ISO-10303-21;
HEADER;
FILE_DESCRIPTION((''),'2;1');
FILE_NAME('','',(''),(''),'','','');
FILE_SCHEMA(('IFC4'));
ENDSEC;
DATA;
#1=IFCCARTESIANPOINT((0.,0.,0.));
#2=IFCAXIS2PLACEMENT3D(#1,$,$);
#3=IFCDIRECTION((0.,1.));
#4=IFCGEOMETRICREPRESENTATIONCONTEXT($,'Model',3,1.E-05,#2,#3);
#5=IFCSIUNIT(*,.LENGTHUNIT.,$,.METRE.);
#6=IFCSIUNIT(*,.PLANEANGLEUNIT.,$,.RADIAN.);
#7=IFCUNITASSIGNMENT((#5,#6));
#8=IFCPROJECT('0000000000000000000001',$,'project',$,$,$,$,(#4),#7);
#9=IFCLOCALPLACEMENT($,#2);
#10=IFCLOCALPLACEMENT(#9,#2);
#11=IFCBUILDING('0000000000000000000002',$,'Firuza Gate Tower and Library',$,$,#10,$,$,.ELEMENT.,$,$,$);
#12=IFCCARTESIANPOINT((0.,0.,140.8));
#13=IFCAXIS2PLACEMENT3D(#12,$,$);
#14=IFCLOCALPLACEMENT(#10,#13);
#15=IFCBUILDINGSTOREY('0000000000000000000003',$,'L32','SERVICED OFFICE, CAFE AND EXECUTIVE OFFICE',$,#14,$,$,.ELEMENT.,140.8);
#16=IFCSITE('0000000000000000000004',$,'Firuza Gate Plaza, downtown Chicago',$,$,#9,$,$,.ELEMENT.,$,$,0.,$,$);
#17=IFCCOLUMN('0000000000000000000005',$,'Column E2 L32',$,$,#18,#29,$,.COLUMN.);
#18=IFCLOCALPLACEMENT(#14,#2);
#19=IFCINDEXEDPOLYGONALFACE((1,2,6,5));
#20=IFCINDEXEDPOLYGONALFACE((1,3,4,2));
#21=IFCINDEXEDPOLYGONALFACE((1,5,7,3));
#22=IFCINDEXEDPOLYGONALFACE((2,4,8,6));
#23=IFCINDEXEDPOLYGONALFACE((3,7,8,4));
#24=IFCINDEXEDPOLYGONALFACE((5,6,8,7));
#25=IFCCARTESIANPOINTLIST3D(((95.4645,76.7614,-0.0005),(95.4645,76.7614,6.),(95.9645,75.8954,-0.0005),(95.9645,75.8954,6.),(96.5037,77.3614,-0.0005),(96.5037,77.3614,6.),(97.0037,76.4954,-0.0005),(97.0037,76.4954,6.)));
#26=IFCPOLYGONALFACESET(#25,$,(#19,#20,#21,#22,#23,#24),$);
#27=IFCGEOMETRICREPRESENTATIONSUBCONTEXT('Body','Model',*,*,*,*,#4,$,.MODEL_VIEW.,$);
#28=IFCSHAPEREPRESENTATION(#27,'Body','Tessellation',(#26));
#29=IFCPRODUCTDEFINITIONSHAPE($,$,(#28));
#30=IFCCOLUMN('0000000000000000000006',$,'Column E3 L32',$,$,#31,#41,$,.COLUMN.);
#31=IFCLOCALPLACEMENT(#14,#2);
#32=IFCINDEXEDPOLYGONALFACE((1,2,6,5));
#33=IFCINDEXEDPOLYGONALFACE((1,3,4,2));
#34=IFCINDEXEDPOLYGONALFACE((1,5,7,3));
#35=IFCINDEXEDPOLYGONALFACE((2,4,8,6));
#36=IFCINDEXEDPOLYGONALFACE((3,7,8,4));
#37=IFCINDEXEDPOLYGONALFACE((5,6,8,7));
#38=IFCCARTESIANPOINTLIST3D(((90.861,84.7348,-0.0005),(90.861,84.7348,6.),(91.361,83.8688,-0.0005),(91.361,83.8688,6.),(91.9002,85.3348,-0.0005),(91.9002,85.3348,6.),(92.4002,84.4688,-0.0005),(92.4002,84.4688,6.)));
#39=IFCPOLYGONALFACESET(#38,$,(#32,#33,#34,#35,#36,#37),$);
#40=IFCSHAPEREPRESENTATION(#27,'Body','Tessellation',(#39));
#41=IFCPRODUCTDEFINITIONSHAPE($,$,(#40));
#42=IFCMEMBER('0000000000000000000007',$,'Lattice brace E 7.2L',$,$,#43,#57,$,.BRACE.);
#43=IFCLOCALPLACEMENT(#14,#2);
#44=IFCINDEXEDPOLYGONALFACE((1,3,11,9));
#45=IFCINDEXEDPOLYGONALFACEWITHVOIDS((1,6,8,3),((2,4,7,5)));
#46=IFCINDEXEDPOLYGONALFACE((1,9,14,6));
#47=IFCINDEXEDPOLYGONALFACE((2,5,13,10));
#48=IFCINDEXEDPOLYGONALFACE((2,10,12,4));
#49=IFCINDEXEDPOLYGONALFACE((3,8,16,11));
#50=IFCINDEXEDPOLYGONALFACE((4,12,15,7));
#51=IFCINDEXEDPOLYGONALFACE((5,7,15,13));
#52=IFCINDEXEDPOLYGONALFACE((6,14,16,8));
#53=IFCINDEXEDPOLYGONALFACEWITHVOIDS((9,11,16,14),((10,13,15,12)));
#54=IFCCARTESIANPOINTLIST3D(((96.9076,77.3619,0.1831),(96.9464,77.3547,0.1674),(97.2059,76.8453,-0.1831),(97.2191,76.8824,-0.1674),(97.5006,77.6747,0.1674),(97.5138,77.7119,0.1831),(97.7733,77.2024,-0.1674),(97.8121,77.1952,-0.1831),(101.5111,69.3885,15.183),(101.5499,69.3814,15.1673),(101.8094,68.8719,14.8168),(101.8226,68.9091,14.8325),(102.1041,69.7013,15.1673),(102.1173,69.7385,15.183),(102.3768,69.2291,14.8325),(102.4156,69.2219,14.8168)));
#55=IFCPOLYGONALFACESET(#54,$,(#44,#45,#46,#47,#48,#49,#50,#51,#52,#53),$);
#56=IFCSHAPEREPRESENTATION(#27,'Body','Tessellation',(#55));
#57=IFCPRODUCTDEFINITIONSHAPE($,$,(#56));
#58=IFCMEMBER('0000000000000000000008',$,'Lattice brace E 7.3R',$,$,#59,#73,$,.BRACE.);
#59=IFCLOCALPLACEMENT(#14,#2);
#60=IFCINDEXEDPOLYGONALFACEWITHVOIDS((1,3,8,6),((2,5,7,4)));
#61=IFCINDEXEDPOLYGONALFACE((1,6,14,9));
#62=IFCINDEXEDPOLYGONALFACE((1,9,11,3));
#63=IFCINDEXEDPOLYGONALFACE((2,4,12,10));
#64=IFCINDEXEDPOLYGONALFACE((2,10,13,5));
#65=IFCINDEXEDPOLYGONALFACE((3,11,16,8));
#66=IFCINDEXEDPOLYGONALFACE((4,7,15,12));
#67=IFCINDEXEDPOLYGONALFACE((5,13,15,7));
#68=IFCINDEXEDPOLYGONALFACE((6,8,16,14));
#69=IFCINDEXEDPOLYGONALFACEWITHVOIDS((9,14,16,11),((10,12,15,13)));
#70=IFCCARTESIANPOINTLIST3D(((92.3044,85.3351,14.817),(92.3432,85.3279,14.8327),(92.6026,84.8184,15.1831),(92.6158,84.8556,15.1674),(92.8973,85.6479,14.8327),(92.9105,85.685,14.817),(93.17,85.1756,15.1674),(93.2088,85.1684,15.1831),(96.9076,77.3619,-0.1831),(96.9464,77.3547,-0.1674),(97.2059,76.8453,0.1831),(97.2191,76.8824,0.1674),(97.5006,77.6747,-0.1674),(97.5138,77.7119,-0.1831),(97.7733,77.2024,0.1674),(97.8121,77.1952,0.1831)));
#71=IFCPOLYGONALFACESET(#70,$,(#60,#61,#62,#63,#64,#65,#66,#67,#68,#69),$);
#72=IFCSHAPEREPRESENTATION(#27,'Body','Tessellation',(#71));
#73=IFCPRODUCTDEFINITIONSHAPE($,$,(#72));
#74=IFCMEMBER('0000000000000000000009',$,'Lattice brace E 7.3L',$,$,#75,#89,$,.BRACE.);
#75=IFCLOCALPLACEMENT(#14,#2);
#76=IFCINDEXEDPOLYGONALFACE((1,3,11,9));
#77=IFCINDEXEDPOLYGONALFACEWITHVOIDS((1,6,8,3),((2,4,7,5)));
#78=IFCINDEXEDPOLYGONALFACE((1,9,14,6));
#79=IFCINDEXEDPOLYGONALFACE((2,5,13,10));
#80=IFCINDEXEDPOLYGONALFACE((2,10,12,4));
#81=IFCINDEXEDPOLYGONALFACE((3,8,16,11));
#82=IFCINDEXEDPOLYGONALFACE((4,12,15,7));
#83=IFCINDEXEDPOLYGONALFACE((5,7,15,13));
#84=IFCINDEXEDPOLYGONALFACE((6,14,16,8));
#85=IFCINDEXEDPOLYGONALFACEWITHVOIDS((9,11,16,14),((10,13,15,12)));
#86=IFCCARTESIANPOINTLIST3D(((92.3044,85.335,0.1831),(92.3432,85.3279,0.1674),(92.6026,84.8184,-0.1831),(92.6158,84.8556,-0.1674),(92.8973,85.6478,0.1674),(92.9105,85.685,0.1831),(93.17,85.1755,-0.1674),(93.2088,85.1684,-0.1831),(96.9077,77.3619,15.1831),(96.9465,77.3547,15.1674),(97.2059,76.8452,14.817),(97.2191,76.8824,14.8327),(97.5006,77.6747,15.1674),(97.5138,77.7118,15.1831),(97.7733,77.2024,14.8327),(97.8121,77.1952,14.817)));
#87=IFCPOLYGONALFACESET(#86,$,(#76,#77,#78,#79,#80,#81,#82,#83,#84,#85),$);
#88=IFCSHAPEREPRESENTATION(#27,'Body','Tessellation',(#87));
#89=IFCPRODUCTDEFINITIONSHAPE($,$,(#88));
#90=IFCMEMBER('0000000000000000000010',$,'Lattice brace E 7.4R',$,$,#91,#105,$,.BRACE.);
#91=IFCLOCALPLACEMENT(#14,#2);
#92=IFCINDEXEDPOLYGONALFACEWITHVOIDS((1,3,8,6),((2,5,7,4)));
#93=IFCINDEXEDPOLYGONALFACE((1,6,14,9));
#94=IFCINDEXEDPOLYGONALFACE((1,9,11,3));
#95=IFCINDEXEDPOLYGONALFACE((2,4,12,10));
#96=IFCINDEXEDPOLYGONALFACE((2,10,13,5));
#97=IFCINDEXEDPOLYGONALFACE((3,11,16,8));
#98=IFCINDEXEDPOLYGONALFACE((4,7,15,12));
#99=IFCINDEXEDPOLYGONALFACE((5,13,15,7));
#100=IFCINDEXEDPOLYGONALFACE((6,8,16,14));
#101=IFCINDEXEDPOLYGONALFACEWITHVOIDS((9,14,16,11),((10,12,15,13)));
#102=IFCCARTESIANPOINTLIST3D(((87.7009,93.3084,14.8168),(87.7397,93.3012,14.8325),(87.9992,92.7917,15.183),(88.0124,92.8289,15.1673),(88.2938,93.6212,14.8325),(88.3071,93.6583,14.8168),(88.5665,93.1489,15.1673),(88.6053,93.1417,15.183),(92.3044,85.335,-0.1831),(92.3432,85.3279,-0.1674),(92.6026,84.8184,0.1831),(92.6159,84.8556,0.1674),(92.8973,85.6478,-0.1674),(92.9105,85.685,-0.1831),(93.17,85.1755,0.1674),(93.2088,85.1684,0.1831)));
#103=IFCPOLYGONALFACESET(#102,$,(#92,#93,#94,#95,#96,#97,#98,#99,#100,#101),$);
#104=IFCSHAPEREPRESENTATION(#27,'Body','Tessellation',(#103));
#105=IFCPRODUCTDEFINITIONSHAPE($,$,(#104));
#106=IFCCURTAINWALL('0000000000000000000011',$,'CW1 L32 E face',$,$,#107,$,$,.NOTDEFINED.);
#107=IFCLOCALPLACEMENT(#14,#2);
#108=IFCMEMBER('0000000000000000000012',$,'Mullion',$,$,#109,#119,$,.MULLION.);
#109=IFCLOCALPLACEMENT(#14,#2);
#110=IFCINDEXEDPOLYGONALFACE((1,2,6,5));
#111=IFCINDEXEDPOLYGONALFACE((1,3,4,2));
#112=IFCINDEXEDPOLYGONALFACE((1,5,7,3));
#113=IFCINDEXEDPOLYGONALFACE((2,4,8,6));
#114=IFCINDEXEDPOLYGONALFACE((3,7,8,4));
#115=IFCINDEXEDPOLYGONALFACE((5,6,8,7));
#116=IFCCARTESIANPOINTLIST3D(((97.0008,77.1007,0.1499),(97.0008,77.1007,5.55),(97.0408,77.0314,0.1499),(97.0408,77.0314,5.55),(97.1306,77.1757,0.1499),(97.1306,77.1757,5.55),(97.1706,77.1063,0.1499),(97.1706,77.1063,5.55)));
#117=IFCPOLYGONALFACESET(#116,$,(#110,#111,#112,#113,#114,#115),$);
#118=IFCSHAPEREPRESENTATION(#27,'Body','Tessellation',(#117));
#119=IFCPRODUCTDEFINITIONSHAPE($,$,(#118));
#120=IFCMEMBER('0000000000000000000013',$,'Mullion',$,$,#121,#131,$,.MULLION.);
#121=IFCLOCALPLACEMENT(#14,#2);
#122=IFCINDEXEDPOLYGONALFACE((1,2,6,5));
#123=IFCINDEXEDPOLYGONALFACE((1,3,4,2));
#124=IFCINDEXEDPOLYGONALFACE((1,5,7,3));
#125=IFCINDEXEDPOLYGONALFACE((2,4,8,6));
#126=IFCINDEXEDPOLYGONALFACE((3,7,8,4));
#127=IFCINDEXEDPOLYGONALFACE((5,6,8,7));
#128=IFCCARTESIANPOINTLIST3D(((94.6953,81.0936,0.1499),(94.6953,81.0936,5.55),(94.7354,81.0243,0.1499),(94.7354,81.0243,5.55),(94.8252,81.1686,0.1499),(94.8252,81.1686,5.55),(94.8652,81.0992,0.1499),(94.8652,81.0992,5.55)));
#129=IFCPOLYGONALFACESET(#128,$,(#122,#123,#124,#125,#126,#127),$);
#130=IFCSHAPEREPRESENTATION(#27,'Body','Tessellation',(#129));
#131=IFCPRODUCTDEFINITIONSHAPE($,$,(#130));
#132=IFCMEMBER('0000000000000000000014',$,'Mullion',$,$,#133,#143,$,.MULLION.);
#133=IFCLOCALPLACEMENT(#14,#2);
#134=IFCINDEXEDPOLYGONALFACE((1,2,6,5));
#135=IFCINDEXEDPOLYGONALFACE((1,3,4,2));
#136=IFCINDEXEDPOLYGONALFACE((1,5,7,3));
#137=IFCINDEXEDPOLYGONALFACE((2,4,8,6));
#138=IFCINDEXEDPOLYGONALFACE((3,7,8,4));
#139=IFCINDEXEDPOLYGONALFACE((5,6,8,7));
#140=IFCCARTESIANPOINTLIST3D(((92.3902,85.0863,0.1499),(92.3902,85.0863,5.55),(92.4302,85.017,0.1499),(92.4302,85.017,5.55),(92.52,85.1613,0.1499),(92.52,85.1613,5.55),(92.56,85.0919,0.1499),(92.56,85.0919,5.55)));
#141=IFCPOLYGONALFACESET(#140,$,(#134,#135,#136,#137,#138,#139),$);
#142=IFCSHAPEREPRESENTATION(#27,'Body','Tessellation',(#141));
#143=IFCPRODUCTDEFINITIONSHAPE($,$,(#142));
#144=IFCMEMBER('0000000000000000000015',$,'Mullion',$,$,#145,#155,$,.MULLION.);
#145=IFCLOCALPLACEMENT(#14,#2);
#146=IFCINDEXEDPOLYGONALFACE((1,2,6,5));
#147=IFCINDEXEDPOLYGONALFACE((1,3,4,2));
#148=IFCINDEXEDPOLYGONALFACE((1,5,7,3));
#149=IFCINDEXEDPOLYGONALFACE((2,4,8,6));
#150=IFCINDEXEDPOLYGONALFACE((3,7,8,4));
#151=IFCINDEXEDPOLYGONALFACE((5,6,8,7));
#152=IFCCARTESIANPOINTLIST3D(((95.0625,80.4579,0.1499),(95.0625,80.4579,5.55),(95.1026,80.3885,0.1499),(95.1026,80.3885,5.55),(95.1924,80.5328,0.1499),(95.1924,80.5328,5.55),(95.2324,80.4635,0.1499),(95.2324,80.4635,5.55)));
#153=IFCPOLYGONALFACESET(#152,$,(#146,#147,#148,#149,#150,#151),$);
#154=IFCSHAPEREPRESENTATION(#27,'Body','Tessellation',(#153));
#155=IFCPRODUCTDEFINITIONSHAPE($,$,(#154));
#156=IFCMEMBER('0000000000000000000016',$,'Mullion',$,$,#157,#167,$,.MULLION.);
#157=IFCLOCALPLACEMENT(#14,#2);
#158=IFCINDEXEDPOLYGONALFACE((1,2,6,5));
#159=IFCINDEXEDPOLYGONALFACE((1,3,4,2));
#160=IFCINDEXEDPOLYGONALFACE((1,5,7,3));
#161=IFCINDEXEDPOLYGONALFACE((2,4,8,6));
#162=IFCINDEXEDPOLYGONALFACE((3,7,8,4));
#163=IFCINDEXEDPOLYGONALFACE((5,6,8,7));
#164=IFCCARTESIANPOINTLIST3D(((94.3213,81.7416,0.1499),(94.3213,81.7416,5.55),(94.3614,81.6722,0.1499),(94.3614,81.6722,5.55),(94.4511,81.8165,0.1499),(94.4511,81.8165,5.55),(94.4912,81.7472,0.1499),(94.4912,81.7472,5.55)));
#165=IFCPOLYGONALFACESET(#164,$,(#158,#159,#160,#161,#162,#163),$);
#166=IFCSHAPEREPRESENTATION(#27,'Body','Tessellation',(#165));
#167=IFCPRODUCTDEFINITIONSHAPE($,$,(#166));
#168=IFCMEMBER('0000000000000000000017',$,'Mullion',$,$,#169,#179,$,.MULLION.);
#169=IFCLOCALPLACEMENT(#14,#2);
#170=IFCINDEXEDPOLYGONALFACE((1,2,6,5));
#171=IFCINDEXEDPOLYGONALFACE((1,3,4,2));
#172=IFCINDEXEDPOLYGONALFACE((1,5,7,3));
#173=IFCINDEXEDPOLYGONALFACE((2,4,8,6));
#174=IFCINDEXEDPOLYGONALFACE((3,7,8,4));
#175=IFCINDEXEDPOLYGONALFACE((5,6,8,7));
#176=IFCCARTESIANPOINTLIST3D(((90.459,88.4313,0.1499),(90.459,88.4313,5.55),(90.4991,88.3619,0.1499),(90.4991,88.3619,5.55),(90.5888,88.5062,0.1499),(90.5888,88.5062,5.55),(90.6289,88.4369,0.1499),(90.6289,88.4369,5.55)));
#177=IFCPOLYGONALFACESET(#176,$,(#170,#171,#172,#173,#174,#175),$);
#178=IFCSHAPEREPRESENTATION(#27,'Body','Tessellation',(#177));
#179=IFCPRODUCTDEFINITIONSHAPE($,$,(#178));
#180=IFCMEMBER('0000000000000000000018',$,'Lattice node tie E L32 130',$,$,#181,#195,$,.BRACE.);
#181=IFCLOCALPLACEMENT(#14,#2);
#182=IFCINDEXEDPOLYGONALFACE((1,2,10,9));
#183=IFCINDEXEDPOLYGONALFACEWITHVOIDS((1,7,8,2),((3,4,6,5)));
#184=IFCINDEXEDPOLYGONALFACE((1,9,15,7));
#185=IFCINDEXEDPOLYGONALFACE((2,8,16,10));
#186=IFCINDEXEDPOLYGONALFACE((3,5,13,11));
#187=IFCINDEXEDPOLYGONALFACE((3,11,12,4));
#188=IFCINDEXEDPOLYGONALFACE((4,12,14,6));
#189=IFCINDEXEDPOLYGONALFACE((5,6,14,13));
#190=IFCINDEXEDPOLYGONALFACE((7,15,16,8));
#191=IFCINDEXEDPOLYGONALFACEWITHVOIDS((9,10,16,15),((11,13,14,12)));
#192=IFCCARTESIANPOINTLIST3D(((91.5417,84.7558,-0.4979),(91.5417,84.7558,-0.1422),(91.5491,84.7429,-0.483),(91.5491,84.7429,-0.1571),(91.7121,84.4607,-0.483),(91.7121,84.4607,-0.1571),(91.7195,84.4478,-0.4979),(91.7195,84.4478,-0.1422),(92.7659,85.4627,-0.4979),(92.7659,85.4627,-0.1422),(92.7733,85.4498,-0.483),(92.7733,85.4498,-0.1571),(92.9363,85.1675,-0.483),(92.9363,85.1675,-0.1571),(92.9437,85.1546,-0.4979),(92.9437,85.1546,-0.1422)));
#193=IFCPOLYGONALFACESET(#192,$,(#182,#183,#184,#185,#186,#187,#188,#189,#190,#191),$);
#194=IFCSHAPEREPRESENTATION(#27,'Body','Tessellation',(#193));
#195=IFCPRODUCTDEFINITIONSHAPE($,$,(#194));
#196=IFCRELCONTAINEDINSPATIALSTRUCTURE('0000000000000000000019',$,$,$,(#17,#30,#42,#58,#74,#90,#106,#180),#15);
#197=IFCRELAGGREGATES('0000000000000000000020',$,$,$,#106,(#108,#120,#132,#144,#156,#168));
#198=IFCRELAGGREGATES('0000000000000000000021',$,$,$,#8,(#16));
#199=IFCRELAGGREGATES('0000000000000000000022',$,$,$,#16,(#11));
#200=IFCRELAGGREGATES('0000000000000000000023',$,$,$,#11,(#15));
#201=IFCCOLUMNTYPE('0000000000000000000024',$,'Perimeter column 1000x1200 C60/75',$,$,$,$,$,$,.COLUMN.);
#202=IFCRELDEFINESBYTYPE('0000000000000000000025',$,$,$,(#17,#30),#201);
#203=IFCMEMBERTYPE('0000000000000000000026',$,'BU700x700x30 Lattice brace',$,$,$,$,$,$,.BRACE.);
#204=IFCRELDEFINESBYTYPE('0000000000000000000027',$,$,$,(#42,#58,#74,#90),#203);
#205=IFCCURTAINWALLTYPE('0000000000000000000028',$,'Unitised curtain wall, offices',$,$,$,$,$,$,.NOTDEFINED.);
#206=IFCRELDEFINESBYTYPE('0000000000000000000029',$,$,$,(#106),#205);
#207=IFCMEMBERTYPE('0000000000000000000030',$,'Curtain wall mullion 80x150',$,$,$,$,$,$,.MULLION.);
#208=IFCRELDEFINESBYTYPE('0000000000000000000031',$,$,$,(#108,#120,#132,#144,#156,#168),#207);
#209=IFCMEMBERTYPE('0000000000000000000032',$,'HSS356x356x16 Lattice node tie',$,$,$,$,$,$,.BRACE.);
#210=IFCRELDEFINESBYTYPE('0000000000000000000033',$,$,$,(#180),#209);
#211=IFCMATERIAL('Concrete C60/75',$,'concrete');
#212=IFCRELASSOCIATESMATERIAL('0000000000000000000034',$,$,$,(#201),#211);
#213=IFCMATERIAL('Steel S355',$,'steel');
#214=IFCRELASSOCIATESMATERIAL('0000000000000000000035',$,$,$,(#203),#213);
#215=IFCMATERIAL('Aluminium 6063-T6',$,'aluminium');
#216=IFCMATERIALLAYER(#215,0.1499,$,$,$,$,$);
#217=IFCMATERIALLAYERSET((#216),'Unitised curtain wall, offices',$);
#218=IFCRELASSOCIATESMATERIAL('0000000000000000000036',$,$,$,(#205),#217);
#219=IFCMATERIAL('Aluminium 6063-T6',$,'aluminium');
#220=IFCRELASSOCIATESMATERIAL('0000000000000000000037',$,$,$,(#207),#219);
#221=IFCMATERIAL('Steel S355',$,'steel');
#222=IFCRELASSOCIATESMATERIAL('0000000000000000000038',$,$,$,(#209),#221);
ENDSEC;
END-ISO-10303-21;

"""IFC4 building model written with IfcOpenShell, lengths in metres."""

from ifc_helpers import new_model, si_unit, direction, frame, origin, origin_2d, place, context, subcontext, project, spatial, rectangle, hollow_rectangle, extrude, material, layer, layer_set, material_profile, profile_set, type_object, element, aggregate, save


model = new_model("IFC4")

# Units and contexts
model_context = context("Model", 3, precision=1e-05, world=origin(), true_north=direction((0.0, 1.0)))
body_context = subcontext(model_context, "Body", "Model", "MODEL_VIEW")
ifc_project = project(units=[si_unit("LENGTHUNIT", "METRE"), si_unit("PLANEANGLEUNIT", "RADIAN")], contexts=[model_context])

# Site, building, storey
site_placement = place(None, origin())
site = spatial("IfcSite", under=ifc_project, at=site_placement, Name="Firuza Gate Plaza, downtown Chicago", CompositionType="ELEMENT", RefElevation=0.0)
building_placement = place(site_placement, origin())
building = spatial("IfcBuilding", under=site, at=building_placement, Name="Firuza Gate Tower and Library", CompositionType="ELEMENT")
storey_placement = place(building_placement, frame((0.0, 0.0, 140.8)))
storey = spatial("IfcBuildingStorey", under=building, at=storey_placement, Name="L32", Description="SERVICED OFFICE, CAFE AND EXECUTIVE OFFICE", CompositionType="ELEMENT", Elevation=140.8)

# Columns
ifc_material_1 = material(Name="Concrete C60/75", Category="concrete")
ifc_material_profile_1 = material_profile(ifc_material_1, rectangle(XDim=1.0, YDim=1.2, at=origin_2d()))
ifc_profile_set_1 = profile_set([ifc_material_profile_1], Name="Concrete C60/75")
column_type = type_object("IfcColumnType", Name="Perimeter column 1000x1200 C60/75", PredefinedType="COLUMN", material=ifc_profile_set_1)
for number, where, z_axis, x_axis, name in (
    (1, (96.2341, 76.6284, -0.0005), (0.0, 0.0, 1.0), (-0.5, 0.866025, 0.0), "Column E2 L32"),
    (2, (91.6306, 84.6018, -0.0005), (0.0, 0.0, 1.0), (-0.5, 0.866025, 0.0), "Column E3 L32"),
):
    element("IfcColumn", number, at=place(storey_placement, frame(where, z_axis=z_axis, x_axis=x_axis)), inside=storey, type_object=column_type, Name=name, PredefinedType="COLUMN", context=body_context, shape_type="SweptSolid", body=[
        extrude(rectangle(XDim=1.0, YDim=1.2, at=origin_2d()), origin(), (0.0, 0.0, 1.0), 6.0005),
    ])

# Members
ifc_material_2 = material(Name="Steel S355", Category="steel")
ifc_material_profile_2 = material_profile(ifc_material_2, hollow_rectangle(XDim=0.7, YDim=0.7, WallThickness=0.03, at=origin_2d()))
ifc_profile_set_2 = profile_set([ifc_material_profile_2], Name="Steel S355")
member_type_1 = type_object("IfcMemberType", Name="BU700x700x30 Lattice brace", PredefinedType="BRACE", material=ifc_profile_set_2)
for number, where, z_axis, x_axis, name in (
    (3, (97.3599, 77.2786, 0.0), (0.26156, -0.453028, 0.852263), (0.866022, 0.500006, 0.0), "Lattice brace E 7.2L"),
    (4, (97.3599, 77.2786, 0.0), (-0.261549, 0.453019, 0.852271), (-0.866027, -0.499998, 0.0), "Lattice brace E 7.3R"),
    (5, (92.7566, 85.2517, 0.0), (0.261549, -0.453019, 0.852271), (0.866027, 0.499998, 0.0), "Lattice brace E 7.3L"),
    (6, (92.7566, 85.2517, 0.0), (-0.26156, 0.453028, 0.852263), (-0.866022, -0.500006, 0.0), "Lattice brace E 7.4R"),
):
    element("IfcMember", number, at=place(storey_placement, frame(where, z_axis=z_axis, x_axis=x_axis)), inside=storey, type_object=member_type_1, Name=name, PredefinedType="BRACE", context=body_context, shape_type="SweptSolid", body=[
        extrude(hollow_rectangle(XDim=0.7, YDim=0.7, WallThickness=0.03, at=origin_2d()), origin(), (0.0, 0.0, 1.0), 17.6001),
    ])

# Curtain wall, members
ifc_material_3 = material(Name="Aluminium 6063-T6", Category="aluminium")
ifc_layer_1 = layer(ifc_material_3, 0.1499)
ifc_layer_set_1 = layer_set([ifc_layer_1], Name="Unitised curtain wall, offices")
curtain_wall_type = type_object("IfcCurtainWallType", Name="Unitised curtain wall, offices", PredefinedType="NOTDEFINED", material=ifc_layer_set_1)
curtain_wall_placement = place(storey_placement, origin())
curtain_wall = element("IfcCurtainWall", 7, at=curtain_wall_placement, inside=storey, type_object=curtain_wall_type, Name="CW1 L32 E face", PredefinedType="NOTDEFINED")
ifc_material_4 = material(Name="Aluminium 6063-T6", Category="aluminium")
ifc_material_profile_3 = material_profile(ifc_material_4, rectangle(XDim=0.1499, YDim=0.0801, at=origin_2d()))
ifc_profile_set_3 = profile_set([ifc_material_profile_3], Name="Aluminium 6063-T6")
member_type_2 = type_object("IfcMemberType", Name="Curtain wall mullion 80x150", PredefinedType="MULLION", material=ifc_profile_set_3)
member_1_placement = place(storey_placement, frame((97.0857, 77.1035, 0.1499), z_axis=(0.0, 0.0, 1.0), x_axis=(-0.866025, -0.5, 0.0)))
member_1 = element("IfcMember", 8, at=member_1_placement, type_object=member_type_2, Name="Mullion", PredefinedType="MULLION", context=body_context, shape_type="SweptSolid", body=[
    extrude(rectangle(XDim=0.1499, YDim=0.0801, at=origin_2d()), origin(), (0.0, 0.0, 1.0), 5.4001),
])
member_2_placement = place(storey_placement, frame((94.7803, 81.0964, 0.1499), z_axis=(0.0, 0.0, 1.0), x_axis=(-0.866025, -0.5, 0.0)))
member_2 = element("IfcMember", 9, at=member_2_placement, type_object=member_type_2, Name="Mullion", PredefinedType="MULLION", context=body_context, shape_type="SweptSolid", body=[
    extrude(rectangle(XDim=0.1499, YDim=0.0801, at=origin_2d()), origin(), (0.0, 0.0, 1.0), 5.4001),
])
member_3_placement = place(storey_placement, frame((92.4751, 85.0891, 0.1499), z_axis=(0.0, 0.0, 1.0), x_axis=(-0.866025, -0.5, 0.0)))
member_3 = element("IfcMember", 10, at=member_3_placement, type_object=member_type_2, Name="Mullion", PredefinedType="MULLION", context=body_context, shape_type="SweptSolid", body=[
    extrude(rectangle(XDim=0.1499, YDim=0.0801, at=origin_2d()), origin(), (0.0, 0.0, 1.0), 5.4001),
])
member_4_placement = place(storey_placement, frame((95.1475, 80.4607, 0.1499), z_axis=(0.0, 0.0, 1.0), x_axis=(-0.866025, -0.5, 0.0)))
member_4 = element("IfcMember", 11, at=member_4_placement, type_object=member_type_2, Name="Mullion", PredefinedType="MULLION", context=body_context, shape_type="SweptSolid", body=[
    extrude(rectangle(XDim=0.1499, YDim=0.0801, at=origin_2d()), origin(), (0.0, 0.0, 1.0), 5.4001),
])
member_5_placement = place(storey_placement, frame((94.4062, 81.7444, 0.1499), z_axis=(0.0, 0.0, 1.0), x_axis=(-0.866025, -0.5, 0.0)))
member_5 = element("IfcMember", 12, at=member_5_placement, type_object=member_type_2, Name="Mullion", PredefinedType="MULLION", context=body_context, shape_type="SweptSolid", body=[
    extrude(rectangle(XDim=0.1499, YDim=0.0801, at=origin_2d()), origin(), (0.0, 0.0, 1.0), 5.4001),
])
member_6_placement = place(storey_placement, frame((90.5439, 88.4341, 0.1499), z_axis=(0.0, 0.0, 1.0), x_axis=(-0.866025, -0.5, 0.0)))
member_6 = element("IfcMember", 13, at=member_6_placement, type_object=member_type_2, Name="Mullion", PredefinedType="MULLION", context=body_context, shape_type="SweptSolid", body=[
    extrude(rectangle(XDim=0.1499, YDim=0.0801, at=origin_2d()), origin(), (0.0, 0.0, 1.0), 5.4001),
])

# Member
ifc_material_5 = material(Name="Steel S355", Category="steel")
ifc_material_profile_4 = material_profile(ifc_material_5, hollow_rectangle(XDim=0.3557, YDim=0.3557, WallThickness=0.0149, at=origin_2d()))
ifc_profile_set_4 = profile_set([ifc_material_profile_4], Name="Steel S355")
member_type_3 = type_object("IfcMemberType", Name="HSS356x356x16 Lattice node tie", PredefinedType="BRACE", material=ifc_profile_set_4)
member_7_placement = place(storey_placement, frame((91.6306, 84.6018, -0.3201), z_axis=(0.866013, 0.500021, 0.0), x_axis=(-0.500021, 0.866013, 0.0)))
element("IfcMember", 14, at=member_7_placement, inside=storey, type_object=member_type_3, Name="Lattice node tie E L32 130", PredefinedType="BRACE", context=body_context, shape_type="SweptSolid", body=[
    extrude(hollow_rectangle(XDim=0.3557, YDim=0.3557, WallThickness=0.0149, at=origin_2d()), origin(), (0.0, 0.0, 1.0), 1.4136),
])

aggregate(curtain_wall, [member_1, member_2, member_3, member_4, member_5, member_6])

save(model, "model.ifc")
